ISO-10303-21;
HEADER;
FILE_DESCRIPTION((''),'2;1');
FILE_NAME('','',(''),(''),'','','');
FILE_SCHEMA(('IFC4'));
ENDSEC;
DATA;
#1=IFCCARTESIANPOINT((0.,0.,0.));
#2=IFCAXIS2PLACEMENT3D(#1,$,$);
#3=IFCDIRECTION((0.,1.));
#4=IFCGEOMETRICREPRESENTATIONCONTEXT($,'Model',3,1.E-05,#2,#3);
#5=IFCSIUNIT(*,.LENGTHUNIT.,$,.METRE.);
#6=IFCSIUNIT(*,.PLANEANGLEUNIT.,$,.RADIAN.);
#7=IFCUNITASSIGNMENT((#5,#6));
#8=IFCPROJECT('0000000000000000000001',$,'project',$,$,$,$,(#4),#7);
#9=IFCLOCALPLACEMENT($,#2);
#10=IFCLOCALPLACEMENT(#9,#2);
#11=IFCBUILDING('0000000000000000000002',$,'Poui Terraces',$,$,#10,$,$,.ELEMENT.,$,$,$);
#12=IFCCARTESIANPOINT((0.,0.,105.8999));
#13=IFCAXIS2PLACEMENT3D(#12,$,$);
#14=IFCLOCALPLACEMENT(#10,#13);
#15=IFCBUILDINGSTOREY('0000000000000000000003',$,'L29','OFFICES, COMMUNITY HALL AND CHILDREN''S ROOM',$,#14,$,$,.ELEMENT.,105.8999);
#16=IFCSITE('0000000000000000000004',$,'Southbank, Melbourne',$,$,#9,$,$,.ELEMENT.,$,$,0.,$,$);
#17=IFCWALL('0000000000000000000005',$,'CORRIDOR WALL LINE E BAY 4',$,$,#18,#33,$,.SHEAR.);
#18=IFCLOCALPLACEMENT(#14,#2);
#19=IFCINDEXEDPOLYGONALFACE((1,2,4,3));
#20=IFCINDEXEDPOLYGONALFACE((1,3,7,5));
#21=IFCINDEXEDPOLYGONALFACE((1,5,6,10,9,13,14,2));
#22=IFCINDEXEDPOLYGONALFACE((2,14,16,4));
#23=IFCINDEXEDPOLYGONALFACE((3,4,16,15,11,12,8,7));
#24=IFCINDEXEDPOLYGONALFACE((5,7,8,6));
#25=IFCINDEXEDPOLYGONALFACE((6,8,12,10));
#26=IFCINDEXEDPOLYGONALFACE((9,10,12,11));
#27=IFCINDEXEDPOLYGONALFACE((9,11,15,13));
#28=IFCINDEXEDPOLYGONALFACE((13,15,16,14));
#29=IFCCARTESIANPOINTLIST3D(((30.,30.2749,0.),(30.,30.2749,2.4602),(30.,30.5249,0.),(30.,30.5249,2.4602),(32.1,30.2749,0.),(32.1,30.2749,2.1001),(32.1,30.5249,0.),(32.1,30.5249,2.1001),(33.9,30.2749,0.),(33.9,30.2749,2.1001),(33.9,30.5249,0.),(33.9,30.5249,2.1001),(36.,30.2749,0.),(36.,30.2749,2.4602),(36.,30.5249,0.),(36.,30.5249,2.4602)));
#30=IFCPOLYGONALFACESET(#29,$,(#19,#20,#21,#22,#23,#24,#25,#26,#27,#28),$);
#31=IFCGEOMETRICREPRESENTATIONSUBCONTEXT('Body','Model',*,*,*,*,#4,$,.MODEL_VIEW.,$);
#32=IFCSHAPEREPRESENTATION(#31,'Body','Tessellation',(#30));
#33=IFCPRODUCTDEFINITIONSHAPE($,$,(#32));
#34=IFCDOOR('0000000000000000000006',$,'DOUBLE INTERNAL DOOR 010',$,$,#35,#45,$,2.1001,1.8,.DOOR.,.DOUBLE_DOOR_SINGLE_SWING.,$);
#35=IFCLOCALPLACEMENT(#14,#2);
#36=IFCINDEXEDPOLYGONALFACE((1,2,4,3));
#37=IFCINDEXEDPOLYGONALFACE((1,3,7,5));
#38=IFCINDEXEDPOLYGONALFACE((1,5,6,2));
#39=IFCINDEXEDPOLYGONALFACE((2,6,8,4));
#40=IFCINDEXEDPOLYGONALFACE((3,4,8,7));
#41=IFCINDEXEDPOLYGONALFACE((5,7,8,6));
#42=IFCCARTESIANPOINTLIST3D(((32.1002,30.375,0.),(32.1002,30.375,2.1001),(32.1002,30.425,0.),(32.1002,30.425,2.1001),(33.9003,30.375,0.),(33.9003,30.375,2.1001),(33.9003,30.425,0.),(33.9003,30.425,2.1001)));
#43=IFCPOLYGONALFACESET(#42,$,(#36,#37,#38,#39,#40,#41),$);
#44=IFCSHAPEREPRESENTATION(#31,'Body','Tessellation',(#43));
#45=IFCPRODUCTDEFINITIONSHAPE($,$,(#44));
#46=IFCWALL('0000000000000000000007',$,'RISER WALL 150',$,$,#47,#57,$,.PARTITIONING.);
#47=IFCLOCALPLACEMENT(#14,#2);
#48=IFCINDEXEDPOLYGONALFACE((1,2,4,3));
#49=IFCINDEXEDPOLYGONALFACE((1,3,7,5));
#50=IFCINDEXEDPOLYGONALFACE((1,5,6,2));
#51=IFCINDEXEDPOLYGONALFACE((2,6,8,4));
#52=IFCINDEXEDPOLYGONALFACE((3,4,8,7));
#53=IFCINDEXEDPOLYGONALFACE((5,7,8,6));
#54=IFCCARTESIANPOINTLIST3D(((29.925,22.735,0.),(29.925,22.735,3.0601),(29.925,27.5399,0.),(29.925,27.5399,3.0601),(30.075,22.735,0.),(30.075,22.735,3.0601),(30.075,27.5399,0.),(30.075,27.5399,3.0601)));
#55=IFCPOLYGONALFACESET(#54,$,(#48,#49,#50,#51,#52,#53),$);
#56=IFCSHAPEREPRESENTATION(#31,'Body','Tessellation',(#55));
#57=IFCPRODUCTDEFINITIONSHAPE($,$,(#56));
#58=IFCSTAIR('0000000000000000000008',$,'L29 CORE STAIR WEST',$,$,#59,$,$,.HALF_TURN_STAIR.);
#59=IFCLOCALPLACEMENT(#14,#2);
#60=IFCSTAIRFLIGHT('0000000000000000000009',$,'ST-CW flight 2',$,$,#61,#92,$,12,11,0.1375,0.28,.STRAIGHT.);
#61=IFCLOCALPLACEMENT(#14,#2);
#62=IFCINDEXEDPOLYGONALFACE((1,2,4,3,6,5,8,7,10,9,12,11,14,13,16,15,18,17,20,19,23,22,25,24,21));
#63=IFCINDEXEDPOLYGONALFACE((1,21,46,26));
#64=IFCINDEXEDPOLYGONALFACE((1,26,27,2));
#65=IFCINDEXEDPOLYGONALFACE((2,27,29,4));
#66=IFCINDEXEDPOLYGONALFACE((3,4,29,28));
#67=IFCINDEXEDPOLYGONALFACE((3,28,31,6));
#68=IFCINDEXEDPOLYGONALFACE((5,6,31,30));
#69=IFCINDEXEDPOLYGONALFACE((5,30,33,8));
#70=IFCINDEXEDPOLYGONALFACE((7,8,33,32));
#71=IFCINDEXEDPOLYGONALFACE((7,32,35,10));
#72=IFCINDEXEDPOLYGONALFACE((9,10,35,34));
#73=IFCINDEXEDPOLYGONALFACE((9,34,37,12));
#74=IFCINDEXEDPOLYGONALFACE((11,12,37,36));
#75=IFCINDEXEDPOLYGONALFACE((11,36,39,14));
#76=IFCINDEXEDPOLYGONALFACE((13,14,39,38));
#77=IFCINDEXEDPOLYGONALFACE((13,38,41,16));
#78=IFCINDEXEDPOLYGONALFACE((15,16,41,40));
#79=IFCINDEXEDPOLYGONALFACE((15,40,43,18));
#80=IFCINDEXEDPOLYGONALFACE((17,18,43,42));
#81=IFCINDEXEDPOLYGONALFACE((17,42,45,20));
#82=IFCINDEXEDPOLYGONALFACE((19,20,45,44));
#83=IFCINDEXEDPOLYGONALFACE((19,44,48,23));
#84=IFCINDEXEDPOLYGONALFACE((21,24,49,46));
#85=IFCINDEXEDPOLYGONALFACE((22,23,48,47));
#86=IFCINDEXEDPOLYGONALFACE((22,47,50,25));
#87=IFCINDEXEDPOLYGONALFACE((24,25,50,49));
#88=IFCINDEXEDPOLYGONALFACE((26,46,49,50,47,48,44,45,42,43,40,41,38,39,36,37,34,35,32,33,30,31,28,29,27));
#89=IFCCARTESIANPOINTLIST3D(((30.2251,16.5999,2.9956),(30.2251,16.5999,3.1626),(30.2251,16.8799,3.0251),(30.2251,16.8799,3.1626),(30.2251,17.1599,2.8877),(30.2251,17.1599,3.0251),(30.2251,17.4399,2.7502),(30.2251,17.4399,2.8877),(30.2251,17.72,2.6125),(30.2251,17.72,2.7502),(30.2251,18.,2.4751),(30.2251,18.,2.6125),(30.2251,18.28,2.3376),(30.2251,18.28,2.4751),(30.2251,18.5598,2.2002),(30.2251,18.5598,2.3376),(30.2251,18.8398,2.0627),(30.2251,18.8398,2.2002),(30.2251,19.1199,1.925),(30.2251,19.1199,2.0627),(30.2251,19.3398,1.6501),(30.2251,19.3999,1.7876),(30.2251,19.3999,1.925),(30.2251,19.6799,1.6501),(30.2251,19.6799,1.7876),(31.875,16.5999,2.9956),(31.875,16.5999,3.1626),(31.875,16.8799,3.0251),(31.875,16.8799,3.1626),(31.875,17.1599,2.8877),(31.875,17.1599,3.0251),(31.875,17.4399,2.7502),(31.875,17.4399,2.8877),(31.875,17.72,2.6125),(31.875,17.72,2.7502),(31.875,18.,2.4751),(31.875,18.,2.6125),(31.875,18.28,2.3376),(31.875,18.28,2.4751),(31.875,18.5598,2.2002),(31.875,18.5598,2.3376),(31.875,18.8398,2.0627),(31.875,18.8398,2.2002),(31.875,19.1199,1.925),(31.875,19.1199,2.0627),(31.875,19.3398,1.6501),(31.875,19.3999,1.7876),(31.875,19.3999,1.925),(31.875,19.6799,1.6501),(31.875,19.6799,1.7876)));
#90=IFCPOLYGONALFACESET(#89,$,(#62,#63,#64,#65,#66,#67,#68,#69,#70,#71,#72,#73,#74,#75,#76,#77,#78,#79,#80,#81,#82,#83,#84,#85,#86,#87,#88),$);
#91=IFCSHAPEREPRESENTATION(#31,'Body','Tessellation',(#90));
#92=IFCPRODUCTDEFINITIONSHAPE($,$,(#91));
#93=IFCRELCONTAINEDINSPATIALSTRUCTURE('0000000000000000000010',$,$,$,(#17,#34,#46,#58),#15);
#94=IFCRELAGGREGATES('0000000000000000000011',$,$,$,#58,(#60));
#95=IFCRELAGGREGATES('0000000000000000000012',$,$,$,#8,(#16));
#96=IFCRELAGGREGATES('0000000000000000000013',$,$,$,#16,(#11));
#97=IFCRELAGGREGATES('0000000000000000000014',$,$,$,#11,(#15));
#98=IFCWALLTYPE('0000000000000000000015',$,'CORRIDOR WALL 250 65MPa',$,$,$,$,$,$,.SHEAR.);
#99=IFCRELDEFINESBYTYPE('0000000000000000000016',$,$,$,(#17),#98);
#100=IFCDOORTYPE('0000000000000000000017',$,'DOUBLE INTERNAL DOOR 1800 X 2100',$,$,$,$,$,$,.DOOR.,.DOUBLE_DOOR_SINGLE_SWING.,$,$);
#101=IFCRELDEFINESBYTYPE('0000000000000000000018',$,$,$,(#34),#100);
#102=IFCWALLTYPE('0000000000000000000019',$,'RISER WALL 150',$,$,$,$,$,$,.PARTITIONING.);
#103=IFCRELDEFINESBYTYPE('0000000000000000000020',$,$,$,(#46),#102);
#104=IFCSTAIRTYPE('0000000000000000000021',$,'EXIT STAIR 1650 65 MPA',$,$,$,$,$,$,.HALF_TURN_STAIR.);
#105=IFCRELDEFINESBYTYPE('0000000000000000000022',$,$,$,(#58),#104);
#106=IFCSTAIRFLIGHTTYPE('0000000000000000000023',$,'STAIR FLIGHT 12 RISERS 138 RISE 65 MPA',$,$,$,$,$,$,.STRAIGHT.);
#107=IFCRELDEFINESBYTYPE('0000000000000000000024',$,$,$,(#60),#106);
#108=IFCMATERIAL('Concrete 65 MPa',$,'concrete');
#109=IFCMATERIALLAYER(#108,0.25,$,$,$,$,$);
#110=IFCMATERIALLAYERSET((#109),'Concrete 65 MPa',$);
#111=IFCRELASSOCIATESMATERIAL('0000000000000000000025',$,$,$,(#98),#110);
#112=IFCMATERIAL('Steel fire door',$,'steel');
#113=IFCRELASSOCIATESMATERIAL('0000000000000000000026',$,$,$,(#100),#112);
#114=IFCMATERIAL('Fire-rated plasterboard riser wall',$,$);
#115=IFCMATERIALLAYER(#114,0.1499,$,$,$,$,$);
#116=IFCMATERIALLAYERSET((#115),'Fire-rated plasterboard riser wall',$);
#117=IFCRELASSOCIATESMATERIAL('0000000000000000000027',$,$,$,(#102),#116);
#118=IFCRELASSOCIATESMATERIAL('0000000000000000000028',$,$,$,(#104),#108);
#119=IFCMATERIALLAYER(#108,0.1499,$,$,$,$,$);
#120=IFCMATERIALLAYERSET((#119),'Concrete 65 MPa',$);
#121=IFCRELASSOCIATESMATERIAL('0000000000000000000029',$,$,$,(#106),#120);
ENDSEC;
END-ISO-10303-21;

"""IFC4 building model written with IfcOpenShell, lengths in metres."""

from ifc_helpers import new_model, si_unit, direction, frame, frame_2d, origin, place, context, subcontext, project, spatial, polyline, rectangle, outline, extrude, material, layer, layer_set, type_object, element, fill, aggregate, save


model = new_model("IFC4")

# Units and contexts
model_context = context("Model", 3, precision=1e-05, world=origin(), true_north=direction((0.0, 1.0)))
body_context = subcontext(model_context, "Body", "Model", "MODEL_VIEW")
ifc_project = project(units=[si_unit("LENGTHUNIT", "METRE"), si_unit("PLANEANGLEUNIT", "RADIAN")], contexts=[model_context])

# Site, building, storey
site_placement = place(None, origin())
site = spatial("IfcSite", under=ifc_project, at=site_placement, Name="Southbank, Melbourne", CompositionType="ELEMENT", RefElevation=0.0)
building_placement = place(site_placement, origin())
building = spatial("IfcBuilding", under=site, at=building_placement, Name="Poui Terraces", CompositionType="ELEMENT")
storey_placement = place(building_placement, frame((0.0, 0.0, 105.8999)))
storey = spatial("IfcBuildingStorey", under=building, at=storey_placement, Name="L29", Description="OFFICES, COMMUNITY HALL AND CHILDREN'S ROOM", CompositionType="ELEMENT", Elevation=105.8999)

# Wall, opening, door
ifc_material_1 = material(Name="Concrete 65 MPa", Category="concrete")
ifc_layer_1 = layer(ifc_material_1, 0.25)
ifc_layer_set_1 = layer_set([ifc_layer_1], Name="Concrete 65 MPa")
wall_type_1 = type_object("IfcWallType", Name="CORRIDOR WALL 250 65MPa", PredefinedType="SHEAR", material=ifc_layer_set_1)
wall_1_placement = place(storey_placement, frame((30.0, 30.3999, 0.0), z_axis=(0.0, 0.0, 1.0), x_axis=(1.0, 0.0, 0.0)))
wall_1 = element("IfcWall", 1, at=wall_1_placement, inside=storey, type_object=wall_type_1, Name="CORRIDOR WALL LINE E BAY 4", PredefinedType="SHEAR", context=body_context, shape_type="SweptSolid", body=[
    extrude(rectangle(XDim=6.0, YDim=0.25, at=frame_2d((3.0, 0.0))), origin(), (0.0, 0.0, 1.0), 2.4602),
])
opening_placement = place(wall_1_placement, frame((2.1001, 0.0, 0.0)))
opening = element("IfcOpeningElement", 2, at=opening_placement, cuts=wall_1, PredefinedType="OPENING", context=body_context, shape_type="SweptSolid", body=[
    extrude(rectangle(XDim=1.8, YDim=2.1001, at=frame_2d((0.8999, 1.05))), frame((0.0, 0.135, 0.0), z_axis=(0.0, -1.0, 0.0), x_axis=(1.0, 0.0, 0.0)), (0.0, 0.0, 1.0), 0.27),
])
ifc_material_2 = material(Name="Steel fire door", Category="steel")
door_type = type_object("IfcDoorType", Name="DOUBLE INTERNAL DOOR 1800 X 2100", OperationType="DOUBLE_DOOR_SINGLE_SWING", PredefinedType="DOOR", material=ifc_material_2)
door_placement = place(opening_placement, frame((1.8, 0.0, 0.0), z_axis=(0.0, 0.0, 1.0), x_axis=(-1.0, 0.0, 0.0)))
door = element("IfcDoor", 3, at=door_placement, inside=storey, type_object=door_type, Name="DOUBLE INTERNAL DOOR 010", OperationType="DOUBLE_DOOR_SINGLE_SWING", OverallHeight=2.1001, OverallWidth=1.8, PredefinedType="DOOR", context=body_context, shape_type="SweptSolid", body=[
    extrude(rectangle(XDim=1.8, YDim=2.1001, at=frame_2d((0.8999, 1.05))), frame((0.0, 0.0249, 0.0), z_axis=(0.0, -1.0, 0.0), x_axis=(1.0, 0.0, 0.0)), (0.0, 0.0, 1.0), 0.05),
])
fill(opening, door)

# Wall
ifc_material_3 = material(Name="Fire-rated plasterboard riser wall")
ifc_layer_2 = layer(ifc_material_3, 0.1499)
ifc_layer_set_2 = layer_set([ifc_layer_2], Name="Fire-rated plasterboard riser wall")
wall_type_2 = type_object("IfcWallType", Name="RISER WALL 150", PredefinedType="PARTITIONING", material=ifc_layer_set_2)
wall_2_placement = place(storey_placement, frame((30.0, 22.7351, 0.0), z_axis=(0.0, 0.0, 1.0), x_axis=(0.0, 1.0, 0.0)))
element("IfcWall", 4, at=wall_2_placement, inside=storey, type_object=wall_type_2, Name="RISER WALL 150", PredefinedType="PARTITIONING", context=body_context, shape_type="SweptSolid", body=[
    extrude(rectangle(XDim=4.8049, YDim=0.1499, at=frame_2d((2.4023, 0.0))), origin(), (0.0, 0.0, 1.0), 3.0601),
])

# Stair, stair flight
stair_type = type_object("IfcStairType", Name="EXIT STAIR 1650 65 MPA", PredefinedType="HALF_TURN_STAIR", material=ifc_material_1)
stair_placement = place(storey_placement, origin())
stair = element("IfcStair", 5, at=stair_placement, inside=storey, type_object=stair_type, Name="L29 CORE STAIR WEST", PredefinedType="HALF_TURN_STAIR")
ifc_layer_3 = layer(ifc_material_1, 0.1499)
ifc_layer_set_3 = layer_set([ifc_layer_3], Name="Concrete 65 MPa")
stair_flight_type = type_object("IfcStairFlightType", Name="STAIR FLIGHT 12 RISERS 138 RISE 65 MPA", PredefinedType="STRAIGHT", material=ifc_layer_set_3)
stair_flight_placement = place(storey_placement, frame((31.05, 19.6799, 1.6501), z_axis=(0.0, 0.0, 1.0), x_axis=(0.0, -1.0, 0.0)))
stair_flight = element("IfcStairFlight", 6, at=stair_flight_placement, type_object=stair_flight_type, Name="ST-CW flight 2", NumberOfRisers=12, NumberOfTreads=11, PredefinedType="STRAIGHT", RiserHeight=0.1375, TreadLength=0.28, context=body_context, shape_type="SweptSolid", body=[
    extrude(outline(polyline([(0.0, 0.0), (0.0, 0.1375), (0.28, 0.1375), (0.28, 0.2749), (0.5601, 0.2749), (0.5601, 0.4126), (0.8401, 0.4126), (0.8401, 0.55), (1.1201, 0.55), (1.1201, 0.6875), (1.3999, 0.6875), (1.3999, 0.825), (1.6799, 0.825), (1.6799, 0.9624), (1.96, 0.9624), (1.96, 1.1001), (2.24, 1.1001), (2.24, 1.2375), (2.52, 1.2375), (2.52, 1.375), (2.8, 1.375), (2.8, 1.5125), (3.0801, 1.5125), (3.0801, 1.6499), (3.0801, 1.3455), (0.3401, 0.0), (0.0, 0.0)])), frame((0.0, 0.825, 0.0), z_axis=(0.0, -1.0, 0.0), x_axis=(1.0, 0.0, 0.0)), (0.0, 0.0, 1.0), 1.6499),
])
aggregate(stair, [stair_flight])

save(model, "model.ifc")
